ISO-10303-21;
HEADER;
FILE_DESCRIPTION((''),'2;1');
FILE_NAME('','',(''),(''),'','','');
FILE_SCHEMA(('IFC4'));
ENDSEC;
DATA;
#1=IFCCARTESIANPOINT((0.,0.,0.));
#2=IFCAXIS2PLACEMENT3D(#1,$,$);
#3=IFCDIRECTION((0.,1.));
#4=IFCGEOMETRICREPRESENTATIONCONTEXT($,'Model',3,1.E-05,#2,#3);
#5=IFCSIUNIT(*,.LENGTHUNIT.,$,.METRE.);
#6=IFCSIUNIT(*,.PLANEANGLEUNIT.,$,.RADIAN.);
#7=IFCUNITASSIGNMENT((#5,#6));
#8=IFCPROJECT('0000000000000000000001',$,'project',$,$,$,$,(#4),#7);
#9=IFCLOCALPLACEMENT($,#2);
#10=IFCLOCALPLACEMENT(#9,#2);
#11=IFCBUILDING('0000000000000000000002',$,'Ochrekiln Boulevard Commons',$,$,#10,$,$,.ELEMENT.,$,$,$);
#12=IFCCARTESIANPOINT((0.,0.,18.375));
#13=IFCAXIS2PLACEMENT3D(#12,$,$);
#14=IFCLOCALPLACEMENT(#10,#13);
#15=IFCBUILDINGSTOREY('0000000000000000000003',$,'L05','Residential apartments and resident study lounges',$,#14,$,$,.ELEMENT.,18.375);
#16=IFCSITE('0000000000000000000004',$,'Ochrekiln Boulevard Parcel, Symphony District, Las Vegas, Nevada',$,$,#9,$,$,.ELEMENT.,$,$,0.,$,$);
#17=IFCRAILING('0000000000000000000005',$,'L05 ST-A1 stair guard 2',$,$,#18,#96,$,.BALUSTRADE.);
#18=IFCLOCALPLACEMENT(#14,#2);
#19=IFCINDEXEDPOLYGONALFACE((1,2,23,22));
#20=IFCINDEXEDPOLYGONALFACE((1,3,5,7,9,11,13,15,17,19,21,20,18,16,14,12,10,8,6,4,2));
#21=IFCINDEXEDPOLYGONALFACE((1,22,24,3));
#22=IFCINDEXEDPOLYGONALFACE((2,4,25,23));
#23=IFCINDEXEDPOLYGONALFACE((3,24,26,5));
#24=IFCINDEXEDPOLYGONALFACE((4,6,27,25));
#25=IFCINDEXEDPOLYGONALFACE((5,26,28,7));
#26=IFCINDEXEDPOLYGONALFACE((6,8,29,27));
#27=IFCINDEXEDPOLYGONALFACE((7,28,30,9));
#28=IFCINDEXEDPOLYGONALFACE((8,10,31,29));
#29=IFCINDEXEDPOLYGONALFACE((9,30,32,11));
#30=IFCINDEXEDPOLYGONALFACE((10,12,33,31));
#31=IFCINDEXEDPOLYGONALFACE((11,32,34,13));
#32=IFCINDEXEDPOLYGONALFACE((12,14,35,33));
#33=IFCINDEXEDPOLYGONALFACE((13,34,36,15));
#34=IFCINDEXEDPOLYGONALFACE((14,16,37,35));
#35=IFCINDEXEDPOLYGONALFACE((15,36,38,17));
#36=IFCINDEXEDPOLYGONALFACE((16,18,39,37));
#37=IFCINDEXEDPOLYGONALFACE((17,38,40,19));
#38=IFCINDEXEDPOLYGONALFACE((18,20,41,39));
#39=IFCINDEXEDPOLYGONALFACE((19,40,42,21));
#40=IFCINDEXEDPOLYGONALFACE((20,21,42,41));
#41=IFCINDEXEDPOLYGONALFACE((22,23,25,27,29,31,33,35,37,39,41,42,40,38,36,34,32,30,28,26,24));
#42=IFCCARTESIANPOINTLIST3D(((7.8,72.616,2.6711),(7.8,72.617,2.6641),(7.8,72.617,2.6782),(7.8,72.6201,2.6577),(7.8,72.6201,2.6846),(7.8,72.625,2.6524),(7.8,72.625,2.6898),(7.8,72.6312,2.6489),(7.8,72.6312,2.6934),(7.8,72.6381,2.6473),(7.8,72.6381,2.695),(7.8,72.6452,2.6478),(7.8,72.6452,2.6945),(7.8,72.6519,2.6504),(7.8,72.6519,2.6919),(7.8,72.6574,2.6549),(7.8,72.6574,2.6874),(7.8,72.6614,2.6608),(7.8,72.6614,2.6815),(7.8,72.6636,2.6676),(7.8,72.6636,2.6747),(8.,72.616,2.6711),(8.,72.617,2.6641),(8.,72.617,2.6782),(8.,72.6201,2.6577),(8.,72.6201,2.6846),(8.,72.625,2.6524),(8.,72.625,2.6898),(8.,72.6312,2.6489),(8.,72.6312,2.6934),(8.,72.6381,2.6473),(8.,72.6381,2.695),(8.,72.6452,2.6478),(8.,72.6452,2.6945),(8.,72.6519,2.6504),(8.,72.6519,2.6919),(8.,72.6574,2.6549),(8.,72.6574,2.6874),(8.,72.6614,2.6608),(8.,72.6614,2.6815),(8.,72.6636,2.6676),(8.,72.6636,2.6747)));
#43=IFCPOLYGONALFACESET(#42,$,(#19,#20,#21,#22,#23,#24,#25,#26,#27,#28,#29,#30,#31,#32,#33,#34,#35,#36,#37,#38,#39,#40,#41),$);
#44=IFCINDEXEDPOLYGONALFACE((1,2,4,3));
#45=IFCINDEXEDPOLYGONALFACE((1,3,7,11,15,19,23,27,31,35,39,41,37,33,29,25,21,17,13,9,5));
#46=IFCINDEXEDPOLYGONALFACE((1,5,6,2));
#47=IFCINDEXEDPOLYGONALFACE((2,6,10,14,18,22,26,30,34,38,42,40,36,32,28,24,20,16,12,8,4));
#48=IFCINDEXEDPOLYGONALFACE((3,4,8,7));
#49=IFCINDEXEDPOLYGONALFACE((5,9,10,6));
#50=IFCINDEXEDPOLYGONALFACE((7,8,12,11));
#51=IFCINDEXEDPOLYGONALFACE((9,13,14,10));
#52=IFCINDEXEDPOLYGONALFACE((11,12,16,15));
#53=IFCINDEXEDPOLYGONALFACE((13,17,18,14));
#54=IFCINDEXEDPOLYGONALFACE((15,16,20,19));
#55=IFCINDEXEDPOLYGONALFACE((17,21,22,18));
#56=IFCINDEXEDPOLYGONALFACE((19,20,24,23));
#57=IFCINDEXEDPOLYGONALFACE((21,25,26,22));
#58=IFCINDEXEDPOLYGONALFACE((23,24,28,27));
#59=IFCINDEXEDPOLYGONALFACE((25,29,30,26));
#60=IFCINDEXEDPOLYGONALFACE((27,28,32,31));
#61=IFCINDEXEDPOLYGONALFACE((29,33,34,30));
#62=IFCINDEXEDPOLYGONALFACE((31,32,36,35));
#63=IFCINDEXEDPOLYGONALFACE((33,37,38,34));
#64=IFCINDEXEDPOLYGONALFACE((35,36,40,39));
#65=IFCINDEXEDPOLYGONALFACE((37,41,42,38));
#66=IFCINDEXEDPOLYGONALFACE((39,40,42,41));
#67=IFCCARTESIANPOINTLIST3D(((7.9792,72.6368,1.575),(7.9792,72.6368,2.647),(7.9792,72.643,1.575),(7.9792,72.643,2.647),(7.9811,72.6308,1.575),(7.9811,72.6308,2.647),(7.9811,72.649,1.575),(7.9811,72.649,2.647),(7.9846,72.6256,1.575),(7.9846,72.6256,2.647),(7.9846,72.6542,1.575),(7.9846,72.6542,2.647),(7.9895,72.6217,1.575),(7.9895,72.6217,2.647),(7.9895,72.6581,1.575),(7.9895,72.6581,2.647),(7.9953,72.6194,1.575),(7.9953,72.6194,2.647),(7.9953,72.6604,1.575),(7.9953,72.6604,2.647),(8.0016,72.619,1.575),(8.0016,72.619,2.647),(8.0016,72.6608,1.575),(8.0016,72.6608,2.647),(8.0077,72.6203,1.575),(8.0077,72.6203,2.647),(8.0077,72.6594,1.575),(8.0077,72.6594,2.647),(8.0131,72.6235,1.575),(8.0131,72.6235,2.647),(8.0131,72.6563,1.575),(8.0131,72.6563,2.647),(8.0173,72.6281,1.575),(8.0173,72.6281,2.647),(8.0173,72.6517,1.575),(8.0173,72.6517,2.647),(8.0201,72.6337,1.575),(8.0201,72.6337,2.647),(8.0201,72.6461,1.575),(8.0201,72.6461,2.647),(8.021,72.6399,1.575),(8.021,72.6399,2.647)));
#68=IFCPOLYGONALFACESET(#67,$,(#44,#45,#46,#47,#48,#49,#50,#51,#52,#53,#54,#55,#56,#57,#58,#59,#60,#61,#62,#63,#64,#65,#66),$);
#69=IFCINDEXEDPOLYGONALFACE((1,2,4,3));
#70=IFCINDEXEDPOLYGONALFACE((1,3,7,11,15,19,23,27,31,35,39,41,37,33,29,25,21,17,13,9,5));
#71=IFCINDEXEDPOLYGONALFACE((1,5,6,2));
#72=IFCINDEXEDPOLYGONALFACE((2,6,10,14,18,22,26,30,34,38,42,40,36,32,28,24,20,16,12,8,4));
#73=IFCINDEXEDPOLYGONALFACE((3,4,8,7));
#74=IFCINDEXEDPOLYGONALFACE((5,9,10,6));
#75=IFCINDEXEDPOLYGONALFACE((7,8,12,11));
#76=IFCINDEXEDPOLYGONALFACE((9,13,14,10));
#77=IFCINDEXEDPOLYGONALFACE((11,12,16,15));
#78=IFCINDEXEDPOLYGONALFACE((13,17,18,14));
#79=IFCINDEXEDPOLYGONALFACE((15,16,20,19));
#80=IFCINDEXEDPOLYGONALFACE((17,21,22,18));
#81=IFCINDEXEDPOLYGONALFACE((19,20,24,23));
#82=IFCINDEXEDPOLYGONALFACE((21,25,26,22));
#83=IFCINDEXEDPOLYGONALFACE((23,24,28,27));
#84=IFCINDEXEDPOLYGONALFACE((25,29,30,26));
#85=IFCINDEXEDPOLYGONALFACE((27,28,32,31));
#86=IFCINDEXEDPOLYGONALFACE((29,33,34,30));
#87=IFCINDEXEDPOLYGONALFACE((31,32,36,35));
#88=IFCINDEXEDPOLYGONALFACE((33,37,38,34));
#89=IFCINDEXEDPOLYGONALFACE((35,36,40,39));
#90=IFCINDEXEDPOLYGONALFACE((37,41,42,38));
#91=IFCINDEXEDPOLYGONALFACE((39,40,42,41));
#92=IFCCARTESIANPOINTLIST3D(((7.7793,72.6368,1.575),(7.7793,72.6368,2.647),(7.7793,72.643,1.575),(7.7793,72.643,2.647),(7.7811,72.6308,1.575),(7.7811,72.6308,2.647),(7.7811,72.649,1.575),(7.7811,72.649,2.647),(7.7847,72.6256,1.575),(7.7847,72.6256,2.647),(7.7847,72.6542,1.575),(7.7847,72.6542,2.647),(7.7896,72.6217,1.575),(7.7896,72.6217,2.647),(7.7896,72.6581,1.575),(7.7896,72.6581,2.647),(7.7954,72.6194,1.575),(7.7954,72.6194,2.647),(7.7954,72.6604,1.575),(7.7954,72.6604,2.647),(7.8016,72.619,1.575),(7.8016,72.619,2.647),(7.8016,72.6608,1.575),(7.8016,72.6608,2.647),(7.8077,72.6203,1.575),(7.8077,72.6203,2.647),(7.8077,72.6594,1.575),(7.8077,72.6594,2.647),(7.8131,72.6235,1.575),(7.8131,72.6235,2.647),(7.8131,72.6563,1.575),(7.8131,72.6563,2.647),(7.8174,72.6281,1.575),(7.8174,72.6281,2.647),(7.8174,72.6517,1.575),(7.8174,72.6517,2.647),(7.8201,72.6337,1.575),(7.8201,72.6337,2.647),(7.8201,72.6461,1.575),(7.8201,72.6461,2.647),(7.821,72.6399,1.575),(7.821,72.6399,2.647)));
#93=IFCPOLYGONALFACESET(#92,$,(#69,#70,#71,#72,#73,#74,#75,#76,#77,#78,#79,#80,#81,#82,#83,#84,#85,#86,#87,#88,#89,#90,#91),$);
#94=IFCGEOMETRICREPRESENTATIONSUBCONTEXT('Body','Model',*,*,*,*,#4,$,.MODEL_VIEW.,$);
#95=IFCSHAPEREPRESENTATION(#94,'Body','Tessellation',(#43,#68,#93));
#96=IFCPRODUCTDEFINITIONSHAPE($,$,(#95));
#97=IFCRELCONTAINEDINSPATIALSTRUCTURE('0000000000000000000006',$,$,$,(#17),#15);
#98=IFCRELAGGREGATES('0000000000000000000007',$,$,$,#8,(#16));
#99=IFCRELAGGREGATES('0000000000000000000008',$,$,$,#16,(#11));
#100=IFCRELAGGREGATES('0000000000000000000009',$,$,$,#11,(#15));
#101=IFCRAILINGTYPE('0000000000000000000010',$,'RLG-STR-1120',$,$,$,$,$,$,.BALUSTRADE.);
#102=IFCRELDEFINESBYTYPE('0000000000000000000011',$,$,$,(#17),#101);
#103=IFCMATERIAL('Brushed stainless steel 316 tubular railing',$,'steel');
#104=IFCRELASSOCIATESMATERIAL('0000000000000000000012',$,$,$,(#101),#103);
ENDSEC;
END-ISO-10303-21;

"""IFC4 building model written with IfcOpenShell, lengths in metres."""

from ifc_helpers import new_model, si_unit, direction, frame, origin, origin_2d, place, context, subcontext, project, spatial, circle, extrude, material, type_object, element, save


model = new_model("IFC4")

# Units and contexts
model_context = context("Model", 3, precision=1e-05, world=origin(), true_north=direction((0.0, 1.0)))
body_context = subcontext(model_context, "Body", "Model", "MODEL_VIEW")
ifc_project = project(units=[si_unit("LENGTHUNIT", "METRE"), si_unit("PLANEANGLEUNIT", "RADIAN")], contexts=[model_context])

# Site, building, storey
site_placement = place(None, origin())
site = spatial("IfcSite", under=ifc_project, at=site_placement, Name="Ochrekiln Boulevard Parcel, Symphony District, Las Vegas, Nevada", CompositionType="ELEMENT", RefElevation=0.0)
building_placement = place(site_placement, origin())
building = spatial("IfcBuilding", under=site, at=building_placement, Name="Ochrekiln Boulevard Commons", CompositionType="ELEMENT")
storey_placement = place(building_placement, frame((0.0, 0.0, 18.375)))
storey = spatial("IfcBuildingStorey", under=building, at=storey_placement, Name="L05", Description="Residential apartments and resident study lounges", CompositionType="ELEMENT", Elevation=18.375)

# Railing
ifc_material_1 = material(Name="Brushed stainless steel 316 tubular railing", Category="steel")
railing_type_1 = type_object("IfcRailingType", Name="RLG-STR-1120", PredefinedType="BALUSTRADE", material=ifc_material_1)
railing_1_placement = place(storey_placement, frame((8.0, 72.6399, 1.575)))
element("IfcRailing", 1, at=railing_1_placement, inside=storey, type_object=railing_type_1, Name="L05 ST-A1 stair guard 2", PredefinedType="BALUSTRADE", context=body_context, shape_type="SweptSolid", body=[
    extrude(circle(Radius=0.0239, at=origin_2d()), frame((0.0, 0.0, 1.0962), z_axis=(-1.0, 0.0, 0.0), x_axis=(0.0, -1.0, 0.0)), (0.0, 0.0, 1.0), 0.2),
    extrude(circle(Radius=0.021, at=origin_2d()), origin(), (0.0, 0.0, 1.0), 1.072),
    extrude(circle(Radius=0.021, at=origin_2d()), frame((-0.2, 0.0, 0.0)), (0.0, 0.0, 1.0), 1.072),
])

save(model, "model.ifc")
